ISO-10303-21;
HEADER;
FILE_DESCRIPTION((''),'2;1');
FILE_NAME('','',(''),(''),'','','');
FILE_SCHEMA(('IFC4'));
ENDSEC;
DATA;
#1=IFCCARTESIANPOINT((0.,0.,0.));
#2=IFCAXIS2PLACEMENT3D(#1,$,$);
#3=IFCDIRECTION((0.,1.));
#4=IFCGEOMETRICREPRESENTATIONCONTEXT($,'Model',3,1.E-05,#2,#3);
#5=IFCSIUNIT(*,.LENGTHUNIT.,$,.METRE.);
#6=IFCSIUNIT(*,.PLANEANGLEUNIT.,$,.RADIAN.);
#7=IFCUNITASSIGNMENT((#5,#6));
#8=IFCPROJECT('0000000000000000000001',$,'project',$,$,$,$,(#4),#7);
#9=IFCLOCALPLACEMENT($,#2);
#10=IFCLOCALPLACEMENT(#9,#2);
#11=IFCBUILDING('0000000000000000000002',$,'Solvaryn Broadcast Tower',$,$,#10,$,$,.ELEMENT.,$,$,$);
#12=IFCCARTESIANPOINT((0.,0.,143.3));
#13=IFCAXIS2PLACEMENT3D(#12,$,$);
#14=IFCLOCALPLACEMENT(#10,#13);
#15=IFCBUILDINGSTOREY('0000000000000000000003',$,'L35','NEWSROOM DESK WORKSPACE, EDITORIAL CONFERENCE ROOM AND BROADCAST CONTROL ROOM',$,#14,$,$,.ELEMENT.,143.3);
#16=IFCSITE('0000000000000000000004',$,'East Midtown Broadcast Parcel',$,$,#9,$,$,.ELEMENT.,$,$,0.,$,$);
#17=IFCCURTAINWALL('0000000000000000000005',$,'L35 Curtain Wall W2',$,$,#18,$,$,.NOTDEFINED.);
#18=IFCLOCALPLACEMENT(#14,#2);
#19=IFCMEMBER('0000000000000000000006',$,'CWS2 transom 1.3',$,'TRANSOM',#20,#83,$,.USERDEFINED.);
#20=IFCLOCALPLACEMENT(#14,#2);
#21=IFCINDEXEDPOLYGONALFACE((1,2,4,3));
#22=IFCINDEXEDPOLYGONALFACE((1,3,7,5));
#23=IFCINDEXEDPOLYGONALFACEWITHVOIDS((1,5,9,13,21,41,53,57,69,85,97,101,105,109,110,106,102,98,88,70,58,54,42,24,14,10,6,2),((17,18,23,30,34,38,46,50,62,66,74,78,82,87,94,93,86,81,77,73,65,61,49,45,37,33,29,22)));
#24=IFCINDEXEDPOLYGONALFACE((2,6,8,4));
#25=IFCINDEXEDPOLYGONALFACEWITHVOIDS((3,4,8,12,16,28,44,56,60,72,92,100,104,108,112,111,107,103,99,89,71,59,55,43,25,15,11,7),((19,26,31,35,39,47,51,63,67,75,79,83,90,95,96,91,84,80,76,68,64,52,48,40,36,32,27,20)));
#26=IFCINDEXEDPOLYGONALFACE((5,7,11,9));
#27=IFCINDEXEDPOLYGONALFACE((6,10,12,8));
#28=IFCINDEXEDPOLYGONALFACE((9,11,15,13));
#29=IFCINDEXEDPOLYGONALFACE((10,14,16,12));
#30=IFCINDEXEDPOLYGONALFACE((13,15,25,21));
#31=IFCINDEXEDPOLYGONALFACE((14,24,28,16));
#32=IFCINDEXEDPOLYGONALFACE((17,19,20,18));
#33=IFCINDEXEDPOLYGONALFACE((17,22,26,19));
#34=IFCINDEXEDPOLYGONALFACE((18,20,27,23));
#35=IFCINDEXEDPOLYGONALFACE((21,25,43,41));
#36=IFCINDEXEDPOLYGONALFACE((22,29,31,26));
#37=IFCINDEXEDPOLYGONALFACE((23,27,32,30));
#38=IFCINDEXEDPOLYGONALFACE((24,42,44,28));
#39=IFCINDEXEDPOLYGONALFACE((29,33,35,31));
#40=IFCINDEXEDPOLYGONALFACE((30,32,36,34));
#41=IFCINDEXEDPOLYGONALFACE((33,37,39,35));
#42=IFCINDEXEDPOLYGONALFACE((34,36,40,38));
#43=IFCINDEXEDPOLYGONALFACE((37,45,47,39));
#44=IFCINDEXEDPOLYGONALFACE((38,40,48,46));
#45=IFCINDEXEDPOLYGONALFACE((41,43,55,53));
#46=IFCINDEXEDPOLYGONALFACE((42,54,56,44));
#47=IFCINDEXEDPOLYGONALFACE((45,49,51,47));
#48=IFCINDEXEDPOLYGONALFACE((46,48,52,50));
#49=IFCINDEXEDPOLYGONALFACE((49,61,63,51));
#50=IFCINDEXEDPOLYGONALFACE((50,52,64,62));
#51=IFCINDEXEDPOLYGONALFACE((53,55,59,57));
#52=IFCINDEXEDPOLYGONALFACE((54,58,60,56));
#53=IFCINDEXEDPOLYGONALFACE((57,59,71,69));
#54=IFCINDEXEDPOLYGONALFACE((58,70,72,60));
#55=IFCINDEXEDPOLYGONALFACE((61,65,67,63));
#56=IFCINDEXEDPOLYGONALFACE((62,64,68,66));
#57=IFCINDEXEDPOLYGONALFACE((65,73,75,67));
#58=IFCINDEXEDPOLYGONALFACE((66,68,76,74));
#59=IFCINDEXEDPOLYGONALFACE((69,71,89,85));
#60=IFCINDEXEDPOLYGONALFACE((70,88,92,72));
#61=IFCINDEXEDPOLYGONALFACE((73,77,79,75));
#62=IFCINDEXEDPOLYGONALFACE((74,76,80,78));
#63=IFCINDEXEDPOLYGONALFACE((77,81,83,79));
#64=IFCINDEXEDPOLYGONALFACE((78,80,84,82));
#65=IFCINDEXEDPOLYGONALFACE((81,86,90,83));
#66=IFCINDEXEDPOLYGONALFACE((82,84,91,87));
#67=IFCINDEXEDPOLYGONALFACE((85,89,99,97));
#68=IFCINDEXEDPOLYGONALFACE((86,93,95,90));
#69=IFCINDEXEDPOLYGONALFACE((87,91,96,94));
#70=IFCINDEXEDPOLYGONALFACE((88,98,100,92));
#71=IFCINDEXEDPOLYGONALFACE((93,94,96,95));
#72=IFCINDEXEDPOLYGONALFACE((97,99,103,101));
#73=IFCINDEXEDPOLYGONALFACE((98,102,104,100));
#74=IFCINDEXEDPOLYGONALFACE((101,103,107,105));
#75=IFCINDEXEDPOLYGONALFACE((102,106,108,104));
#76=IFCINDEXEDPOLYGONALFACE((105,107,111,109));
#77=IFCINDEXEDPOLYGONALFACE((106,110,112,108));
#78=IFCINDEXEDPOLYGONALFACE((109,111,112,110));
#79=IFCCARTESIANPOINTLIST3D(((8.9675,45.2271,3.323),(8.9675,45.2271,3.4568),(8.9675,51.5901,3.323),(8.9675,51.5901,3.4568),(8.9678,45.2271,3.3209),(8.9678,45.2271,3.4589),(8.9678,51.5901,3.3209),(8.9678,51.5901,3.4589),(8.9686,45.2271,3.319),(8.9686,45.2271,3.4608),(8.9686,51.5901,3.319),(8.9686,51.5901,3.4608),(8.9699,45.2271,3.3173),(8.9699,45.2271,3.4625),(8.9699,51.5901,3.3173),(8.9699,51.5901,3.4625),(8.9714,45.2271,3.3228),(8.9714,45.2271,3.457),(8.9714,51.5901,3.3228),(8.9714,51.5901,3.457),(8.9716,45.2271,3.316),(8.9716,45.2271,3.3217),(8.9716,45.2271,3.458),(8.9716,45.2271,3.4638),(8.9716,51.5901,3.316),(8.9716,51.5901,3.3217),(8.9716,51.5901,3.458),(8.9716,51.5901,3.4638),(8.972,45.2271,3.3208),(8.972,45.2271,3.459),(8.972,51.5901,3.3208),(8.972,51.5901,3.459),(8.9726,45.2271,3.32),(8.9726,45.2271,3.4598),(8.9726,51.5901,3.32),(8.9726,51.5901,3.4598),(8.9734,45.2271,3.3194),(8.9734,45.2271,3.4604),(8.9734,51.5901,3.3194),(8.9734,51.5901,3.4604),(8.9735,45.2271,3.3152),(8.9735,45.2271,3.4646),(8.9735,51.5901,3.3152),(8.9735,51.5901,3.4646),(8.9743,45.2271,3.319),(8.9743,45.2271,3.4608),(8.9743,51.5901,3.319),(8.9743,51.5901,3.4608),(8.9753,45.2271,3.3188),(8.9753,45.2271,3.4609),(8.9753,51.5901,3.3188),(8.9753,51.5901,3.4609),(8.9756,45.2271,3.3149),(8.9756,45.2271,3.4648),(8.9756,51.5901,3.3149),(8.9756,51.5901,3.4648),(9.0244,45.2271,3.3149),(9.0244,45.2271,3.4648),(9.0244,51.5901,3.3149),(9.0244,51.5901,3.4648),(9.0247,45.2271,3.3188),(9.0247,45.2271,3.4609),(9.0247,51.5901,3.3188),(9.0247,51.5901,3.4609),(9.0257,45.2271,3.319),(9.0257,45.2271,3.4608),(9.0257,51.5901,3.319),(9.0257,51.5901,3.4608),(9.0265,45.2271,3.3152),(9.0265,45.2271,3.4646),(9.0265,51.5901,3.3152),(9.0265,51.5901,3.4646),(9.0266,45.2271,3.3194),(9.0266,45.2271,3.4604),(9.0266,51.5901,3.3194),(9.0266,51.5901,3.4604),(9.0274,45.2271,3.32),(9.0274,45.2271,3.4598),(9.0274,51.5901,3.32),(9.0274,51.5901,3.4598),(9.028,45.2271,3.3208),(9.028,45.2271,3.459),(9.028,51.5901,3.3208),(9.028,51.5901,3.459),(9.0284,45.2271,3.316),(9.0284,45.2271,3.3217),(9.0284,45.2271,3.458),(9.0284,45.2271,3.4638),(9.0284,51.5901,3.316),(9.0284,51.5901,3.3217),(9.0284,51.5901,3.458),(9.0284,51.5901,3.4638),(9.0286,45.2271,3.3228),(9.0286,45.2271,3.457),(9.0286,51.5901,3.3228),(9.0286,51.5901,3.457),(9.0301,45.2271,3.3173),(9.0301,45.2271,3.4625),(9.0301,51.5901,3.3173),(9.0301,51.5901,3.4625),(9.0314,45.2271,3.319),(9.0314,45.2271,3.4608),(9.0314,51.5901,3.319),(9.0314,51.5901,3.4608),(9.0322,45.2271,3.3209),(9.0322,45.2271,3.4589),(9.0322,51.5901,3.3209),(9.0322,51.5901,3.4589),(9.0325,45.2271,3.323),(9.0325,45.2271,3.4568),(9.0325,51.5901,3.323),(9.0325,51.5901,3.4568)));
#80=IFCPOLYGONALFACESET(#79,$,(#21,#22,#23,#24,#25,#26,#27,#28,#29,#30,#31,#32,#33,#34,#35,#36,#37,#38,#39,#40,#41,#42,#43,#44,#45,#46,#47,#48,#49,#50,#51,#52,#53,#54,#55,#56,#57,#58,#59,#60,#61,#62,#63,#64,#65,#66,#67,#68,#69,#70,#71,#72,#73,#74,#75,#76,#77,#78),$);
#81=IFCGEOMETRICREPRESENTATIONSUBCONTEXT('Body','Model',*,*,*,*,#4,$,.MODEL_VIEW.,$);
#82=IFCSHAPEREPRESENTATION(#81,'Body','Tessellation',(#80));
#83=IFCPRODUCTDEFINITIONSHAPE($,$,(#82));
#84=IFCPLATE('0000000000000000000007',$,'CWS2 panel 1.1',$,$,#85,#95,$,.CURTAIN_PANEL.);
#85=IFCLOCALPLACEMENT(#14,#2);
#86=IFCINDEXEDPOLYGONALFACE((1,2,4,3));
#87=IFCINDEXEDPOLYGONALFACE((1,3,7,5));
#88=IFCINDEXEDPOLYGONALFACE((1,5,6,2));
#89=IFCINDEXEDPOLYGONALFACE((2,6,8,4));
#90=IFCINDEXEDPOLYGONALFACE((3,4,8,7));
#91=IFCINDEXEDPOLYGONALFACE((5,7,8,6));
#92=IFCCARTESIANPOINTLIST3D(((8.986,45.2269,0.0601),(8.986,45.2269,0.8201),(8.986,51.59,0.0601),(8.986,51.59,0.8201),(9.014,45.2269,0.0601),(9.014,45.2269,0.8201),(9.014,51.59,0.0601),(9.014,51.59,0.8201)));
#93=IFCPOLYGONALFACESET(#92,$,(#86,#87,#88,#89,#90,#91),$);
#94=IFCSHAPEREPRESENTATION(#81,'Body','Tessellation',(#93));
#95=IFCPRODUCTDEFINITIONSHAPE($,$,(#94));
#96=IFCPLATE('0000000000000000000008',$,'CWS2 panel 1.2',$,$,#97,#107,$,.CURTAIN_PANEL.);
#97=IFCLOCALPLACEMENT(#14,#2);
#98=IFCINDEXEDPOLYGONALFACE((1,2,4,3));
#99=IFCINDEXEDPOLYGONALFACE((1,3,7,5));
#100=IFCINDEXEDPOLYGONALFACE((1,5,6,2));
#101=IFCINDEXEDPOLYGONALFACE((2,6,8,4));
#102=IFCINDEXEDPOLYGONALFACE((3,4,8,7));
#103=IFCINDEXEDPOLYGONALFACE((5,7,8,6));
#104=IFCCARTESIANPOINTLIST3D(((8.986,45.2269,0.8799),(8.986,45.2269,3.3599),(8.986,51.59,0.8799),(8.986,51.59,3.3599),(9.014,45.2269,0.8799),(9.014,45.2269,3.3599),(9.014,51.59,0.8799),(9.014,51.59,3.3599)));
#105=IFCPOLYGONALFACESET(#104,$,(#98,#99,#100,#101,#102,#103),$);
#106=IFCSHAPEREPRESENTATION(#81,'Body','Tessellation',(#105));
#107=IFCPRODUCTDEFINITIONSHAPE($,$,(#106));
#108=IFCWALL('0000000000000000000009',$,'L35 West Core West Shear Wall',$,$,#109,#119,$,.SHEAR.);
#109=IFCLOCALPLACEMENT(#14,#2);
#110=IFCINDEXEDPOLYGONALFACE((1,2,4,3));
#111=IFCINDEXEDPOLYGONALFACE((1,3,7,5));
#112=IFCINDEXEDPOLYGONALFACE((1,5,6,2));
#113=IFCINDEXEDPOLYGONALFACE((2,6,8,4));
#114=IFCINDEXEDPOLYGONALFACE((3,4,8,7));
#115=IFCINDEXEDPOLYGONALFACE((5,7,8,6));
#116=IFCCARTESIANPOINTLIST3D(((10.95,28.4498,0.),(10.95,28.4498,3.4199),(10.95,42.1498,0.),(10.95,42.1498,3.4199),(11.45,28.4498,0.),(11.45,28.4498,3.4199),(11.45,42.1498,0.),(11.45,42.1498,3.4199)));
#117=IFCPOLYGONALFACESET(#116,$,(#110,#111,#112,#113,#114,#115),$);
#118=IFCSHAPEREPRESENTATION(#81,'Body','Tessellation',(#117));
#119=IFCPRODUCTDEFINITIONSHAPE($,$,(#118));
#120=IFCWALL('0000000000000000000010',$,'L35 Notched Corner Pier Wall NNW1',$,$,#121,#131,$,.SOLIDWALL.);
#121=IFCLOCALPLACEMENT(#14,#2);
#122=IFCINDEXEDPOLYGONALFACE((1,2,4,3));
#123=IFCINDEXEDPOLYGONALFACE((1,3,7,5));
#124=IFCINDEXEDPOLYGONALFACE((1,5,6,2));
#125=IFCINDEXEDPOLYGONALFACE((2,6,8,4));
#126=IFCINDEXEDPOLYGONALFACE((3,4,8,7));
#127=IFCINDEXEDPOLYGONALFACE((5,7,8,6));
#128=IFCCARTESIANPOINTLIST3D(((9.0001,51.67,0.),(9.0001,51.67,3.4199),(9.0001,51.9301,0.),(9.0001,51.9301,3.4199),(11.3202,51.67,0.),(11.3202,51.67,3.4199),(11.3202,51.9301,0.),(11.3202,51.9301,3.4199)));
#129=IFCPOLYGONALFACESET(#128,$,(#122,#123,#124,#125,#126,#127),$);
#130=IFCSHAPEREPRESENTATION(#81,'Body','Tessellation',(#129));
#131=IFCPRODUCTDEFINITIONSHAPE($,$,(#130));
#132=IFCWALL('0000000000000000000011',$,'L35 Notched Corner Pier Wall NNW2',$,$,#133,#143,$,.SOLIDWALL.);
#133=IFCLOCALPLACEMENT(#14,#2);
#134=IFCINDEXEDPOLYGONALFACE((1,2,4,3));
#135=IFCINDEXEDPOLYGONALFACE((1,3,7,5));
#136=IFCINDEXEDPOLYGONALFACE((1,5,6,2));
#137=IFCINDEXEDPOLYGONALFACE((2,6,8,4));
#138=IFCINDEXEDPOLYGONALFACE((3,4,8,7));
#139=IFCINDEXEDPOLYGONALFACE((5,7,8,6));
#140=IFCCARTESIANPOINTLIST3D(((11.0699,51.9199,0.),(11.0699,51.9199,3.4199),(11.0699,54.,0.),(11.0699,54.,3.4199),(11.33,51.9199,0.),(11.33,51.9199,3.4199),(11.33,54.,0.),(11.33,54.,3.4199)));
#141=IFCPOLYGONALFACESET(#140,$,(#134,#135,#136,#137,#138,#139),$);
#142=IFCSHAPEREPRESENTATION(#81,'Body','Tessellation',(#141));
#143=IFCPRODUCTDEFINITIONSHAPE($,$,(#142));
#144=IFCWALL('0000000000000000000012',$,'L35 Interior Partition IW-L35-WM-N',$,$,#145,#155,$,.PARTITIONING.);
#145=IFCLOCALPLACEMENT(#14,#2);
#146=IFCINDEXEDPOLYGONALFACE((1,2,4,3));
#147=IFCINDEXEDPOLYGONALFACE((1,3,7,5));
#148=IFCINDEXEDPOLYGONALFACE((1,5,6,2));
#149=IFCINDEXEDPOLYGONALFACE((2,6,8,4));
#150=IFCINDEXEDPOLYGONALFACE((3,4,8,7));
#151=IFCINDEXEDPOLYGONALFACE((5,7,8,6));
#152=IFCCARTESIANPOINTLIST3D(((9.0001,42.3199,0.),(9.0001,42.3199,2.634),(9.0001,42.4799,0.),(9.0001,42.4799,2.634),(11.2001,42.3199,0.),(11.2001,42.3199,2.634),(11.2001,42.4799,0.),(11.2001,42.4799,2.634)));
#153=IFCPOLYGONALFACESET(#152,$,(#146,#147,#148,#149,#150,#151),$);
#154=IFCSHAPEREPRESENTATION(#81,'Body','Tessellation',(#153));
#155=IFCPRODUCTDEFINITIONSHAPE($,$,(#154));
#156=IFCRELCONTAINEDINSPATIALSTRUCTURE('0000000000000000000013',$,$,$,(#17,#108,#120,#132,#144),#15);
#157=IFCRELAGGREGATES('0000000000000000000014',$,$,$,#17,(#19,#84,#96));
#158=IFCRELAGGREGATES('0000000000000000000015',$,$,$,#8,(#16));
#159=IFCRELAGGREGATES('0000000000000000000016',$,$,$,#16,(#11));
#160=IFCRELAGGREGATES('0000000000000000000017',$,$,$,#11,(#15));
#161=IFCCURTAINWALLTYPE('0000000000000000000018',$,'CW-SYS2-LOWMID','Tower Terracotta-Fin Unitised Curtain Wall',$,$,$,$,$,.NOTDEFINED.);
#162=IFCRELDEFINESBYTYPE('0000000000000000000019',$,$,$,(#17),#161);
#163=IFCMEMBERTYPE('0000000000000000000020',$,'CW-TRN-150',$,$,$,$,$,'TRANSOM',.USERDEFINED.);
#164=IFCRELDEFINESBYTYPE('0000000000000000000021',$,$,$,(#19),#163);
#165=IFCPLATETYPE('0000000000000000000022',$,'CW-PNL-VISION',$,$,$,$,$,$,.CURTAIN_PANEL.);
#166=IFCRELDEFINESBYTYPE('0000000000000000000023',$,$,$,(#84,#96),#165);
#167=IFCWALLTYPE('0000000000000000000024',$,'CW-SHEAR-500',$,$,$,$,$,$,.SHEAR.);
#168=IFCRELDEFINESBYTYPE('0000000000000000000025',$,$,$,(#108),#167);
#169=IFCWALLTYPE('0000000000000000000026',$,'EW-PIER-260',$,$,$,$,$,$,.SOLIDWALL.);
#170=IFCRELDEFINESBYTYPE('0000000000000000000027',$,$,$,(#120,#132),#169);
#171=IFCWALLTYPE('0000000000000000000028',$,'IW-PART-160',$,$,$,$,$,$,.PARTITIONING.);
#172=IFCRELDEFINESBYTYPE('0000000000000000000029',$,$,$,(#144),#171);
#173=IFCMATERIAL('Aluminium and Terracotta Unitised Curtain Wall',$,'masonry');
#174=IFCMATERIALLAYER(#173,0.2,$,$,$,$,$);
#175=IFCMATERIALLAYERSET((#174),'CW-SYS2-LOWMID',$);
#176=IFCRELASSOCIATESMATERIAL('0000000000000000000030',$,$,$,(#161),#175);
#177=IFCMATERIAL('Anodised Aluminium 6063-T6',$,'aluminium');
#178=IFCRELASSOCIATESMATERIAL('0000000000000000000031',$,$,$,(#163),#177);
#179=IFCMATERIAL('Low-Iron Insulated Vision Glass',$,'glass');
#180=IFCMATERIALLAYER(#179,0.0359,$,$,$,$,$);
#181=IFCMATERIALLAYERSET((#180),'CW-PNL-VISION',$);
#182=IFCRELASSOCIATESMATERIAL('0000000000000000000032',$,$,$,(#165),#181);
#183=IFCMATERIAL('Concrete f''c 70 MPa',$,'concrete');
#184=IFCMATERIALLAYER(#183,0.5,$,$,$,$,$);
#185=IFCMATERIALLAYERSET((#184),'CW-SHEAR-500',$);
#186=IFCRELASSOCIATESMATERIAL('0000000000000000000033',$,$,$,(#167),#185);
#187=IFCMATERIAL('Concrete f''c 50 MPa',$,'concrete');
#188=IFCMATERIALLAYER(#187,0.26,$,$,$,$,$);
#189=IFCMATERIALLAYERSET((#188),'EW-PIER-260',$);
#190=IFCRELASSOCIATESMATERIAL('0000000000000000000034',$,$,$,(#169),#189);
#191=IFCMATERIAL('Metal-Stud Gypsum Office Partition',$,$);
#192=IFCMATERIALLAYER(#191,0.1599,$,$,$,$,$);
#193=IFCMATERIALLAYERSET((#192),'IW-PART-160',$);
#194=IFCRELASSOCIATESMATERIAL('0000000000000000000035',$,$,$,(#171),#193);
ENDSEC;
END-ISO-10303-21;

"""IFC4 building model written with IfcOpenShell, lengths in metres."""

from ifc_helpers import new_model, si_unit, direction, frame, frame_2d, origin, origin_2d, place, context, subcontext, project, spatial, rectangle, hollow_rectangle, extrude, material, layer, layer_set, material_profile, profile_set, type_object, element, aggregate, save


model = new_model("IFC4")

# Units and contexts
model_context = context("Model", 3, precision=1e-05, world=origin(), true_north=direction((0.0, 1.0)))
body_context = subcontext(model_context, "Body", "Model", "MODEL_VIEW")
ifc_project = project(units=[si_unit("LENGTHUNIT", "METRE"), si_unit("PLANEANGLEUNIT", "RADIAN")], contexts=[model_context])

# Site, building, storey
site_placement = place(None, origin())
site = spatial("IfcSite", under=ifc_project, at=site_placement, Name="East Midtown Broadcast Parcel", CompositionType="ELEMENT", RefElevation=0.0)
building_placement = place(site_placement, origin())
building = spatial("IfcBuilding", under=site, at=building_placement, Name="Solvaryn Broadcast Tower", CompositionType="ELEMENT")
storey_placement = place(building_placement, frame((0.0, 0.0, 143.3)))
storey = spatial("IfcBuildingStorey", under=building, at=storey_placement, Name="L35", Description="NEWSROOM DESK WORKSPACE, EDITORIAL CONFERENCE ROOM AND BROADCAST CONTROL ROOM", CompositionType="ELEMENT", Elevation=143.3)

# Shared definitions
ifc_material_1 = material(Name="Aluminium and Terracotta Unitised Curtain Wall", Category="masonry")
ifc_layer_1 = layer(ifc_material_1, 0.2)
ifc_layer_set_1 = layer_set([ifc_layer_1], Name="CW-SYS2-LOWMID")
curtain_wall_type = type_object("IfcCurtainWallType", Name="CW-SYS2-LOWMID", Description="Tower Terracotta-Fin Unitised Curtain Wall", PredefinedType="NOTDEFINED", material=ifc_layer_set_1)

# Curtain wall
curtain_wall_1_placement = place(storey_placement, origin())
curtain_wall_1 = element("IfcCurtainWall", 1, at=curtain_wall_1_placement, inside=storey, type_object=curtain_wall_type, Name="L35 Curtain Wall W2", PredefinedType="NOTDEFINED")

# Member
ifc_material_2 = material(Name="Anodised Aluminium 6063-T6", Category="aluminium")
ifc_material_profile_1 = material_profile(ifc_material_2, hollow_rectangle(XDim=0.0649, YDim=0.1499, WallThickness=0.0039, InnerFilletRadius=0.0039, OuterFilletRadius=0.0081, at=origin_2d()))
ifc_profile_set_1 = profile_set([ifc_material_profile_1], Name="Anodised Aluminium 6063-T6")
member_type_1 = type_object("IfcMemberType", Name="CW-TRN-150", ElementType="TRANSOM", PredefinedType="USERDEFINED", material=ifc_profile_set_1)
member_1_placement = place(storey_placement, frame((9.0, 45.2271, 3.3899), z_axis=(0.0, 1.0, 0.0), x_axis=(-1.0, 0.0, 0.0)))
member_1 = element("IfcMember", 2, at=member_1_placement, type_object=member_type_1, Name="CWS2 transom 1.3", ObjectType="TRANSOM", PredefinedType="USERDEFINED", context=body_context, shape_type="SweptSolid", body=[
    extrude(hollow_rectangle(XDim=0.0649, YDim=0.1499, WallThickness=0.0039, InnerFilletRadius=0.0039, OuterFilletRadius=0.0081, at=origin_2d()), origin(), (0.0, 0.0, 1.0), 6.363),
])

# Plates
ifc_material_3 = material(Name="Low-Iron Insulated Vision Glass", Category="glass")
ifc_layer_2 = layer(ifc_material_3, 0.0359)
ifc_layer_set_2 = layer_set([ifc_layer_2], Name="CW-PNL-VISION")
plate_type = type_object("IfcPlateType", Name="CW-PNL-VISION", PredefinedType="CURTAIN_PANEL", material=ifc_layer_set_2)
plate_1_placement = place(storey_placement, frame((9.0, 48.4084, 0.0601), z_axis=(0.0, 0.0, 1.0), x_axis=(0.0, 1.0, 0.0)))
plate_1 = element("IfcPlate", 3, at=plate_1_placement, type_object=plate_type, Name="CWS2 panel 1.1", PredefinedType="CURTAIN_PANEL", context=body_context, shape_type="SweptSolid", body=[
    extrude(rectangle(XDim=6.363, YDim=0.0281, at=origin_2d()), origin(), (0.0, 0.0, 1.0), 0.76),
])
plate_2_placement = place(storey_placement, frame((9.0, 48.4084, 0.8799), z_axis=(0.0, 0.0, 1.0), x_axis=(0.0, 1.0, 0.0)))
plate_2 = element("IfcPlate", 4, at=plate_2_placement, type_object=plate_type, Name="CWS2 panel 1.2", PredefinedType="CURTAIN_PANEL", context=body_context, shape_type="SweptSolid", body=[
    extrude(rectangle(XDim=6.363, YDim=0.0281, at=origin_2d()), origin(), (0.0, 0.0, 1.0), 2.48),
])
aggregate(curtain_wall_1, [member_1, plate_1, plate_2])

# Walls
ifc_material_4 = material(Name="Concrete f'c 70 MPa", Category="concrete")
ifc_layer_3 = layer(ifc_material_4, 0.5)
ifc_layer_set_3 = layer_set([ifc_layer_3], Name="CW-SHEAR-500")
wall_type_1 = type_object("IfcWallType", Name="CW-SHEAR-500", PredefinedType="SHEAR", material=ifc_layer_set_3)
wall_1_placement = place(storey_placement, frame((11.2, 42.1499, 0.0), z_axis=(0.0, 0.0, 1.0), x_axis=(0.0, -1.0, 0.0)))
element("IfcWall", 5, at=wall_1_placement, inside=storey, type_object=wall_type_1, Name="L35 West Core West Shear Wall", PredefinedType="SHEAR", context=body_context, shape_type="SweptSolid", body=[
    extrude(rectangle(XDim=13.7, YDim=0.5, at=frame_2d((6.8501, 0.0))), origin(), (0.0, 0.0, 1.0), 3.4199),
])
ifc_material_5 = material(Name="Concrete f'c 50 MPa", Category="concrete")
ifc_layer_4 = layer(ifc_material_5, 0.26)
ifc_layer_set_4 = layer_set([ifc_layer_4], Name="EW-PIER-260")
wall_type_2 = type_object("IfcWallType", Name="EW-PIER-260", PredefinedType="SOLIDWALL", material=ifc_layer_set_4)
wall_2_placement = place(storey_placement, frame((9.0, 51.8, 0.0), z_axis=(0.0, 0.0, 1.0), x_axis=(1.0, 0.0, 0.0)))
element("IfcWall", 6, at=wall_2_placement, inside=storey, type_object=wall_type_2, Name="L35 Notched Corner Pier Wall NNW1", PredefinedType="SOLIDWALL", context=body_context, shape_type="SweptSolid", body=[
    extrude(rectangle(XDim=2.3201, YDim=0.26, at=frame_2d((1.1602, 0.0))), origin(), (0.0, 0.0, 1.0), 3.4199),
])
wall_3_placement = place(storey_placement, frame((11.2, 51.9199, 0.0), z_axis=(0.0, 0.0, 1.0), x_axis=(0.0, 1.0, 0.0)))
element("IfcWall", 7, at=wall_3_placement, inside=storey, type_object=wall_type_2, Name="L35 Notched Corner Pier Wall NNW2", PredefinedType="SOLIDWALL", context=body_context, shape_type="SweptSolid", body=[
    extrude(rectangle(XDim=2.0801, YDim=0.26, at=frame_2d((1.04, 0.0))), origin(), (0.0, 0.0, 1.0), 3.4199),
])
ifc_material_6 = material(Name="Metal-Stud Gypsum Office Partition")
ifc_layer_5 = layer(ifc_material_6, 0.1599)
ifc_layer_set_5 = layer_set([ifc_layer_5], Name="IW-PART-160")
wall_type_3 = type_object("IfcWallType", Name="IW-PART-160", PredefinedType="PARTITIONING", material=ifc_layer_set_5)
wall_4_placement = place(storey_placement, frame((9.0, 42.3999, 0.0), z_axis=(0.0, 0.0, 1.0), x_axis=(1.0, 0.0, 0.0)))
element("IfcWall", 8, at=wall_4_placement, inside=storey, type_object=wall_type_3, Name="L35 Interior Partition IW-L35-WM-N", PredefinedType="PARTITIONING", context=body_context, shape_type="SweptSolid", body=[
    extrude(rectangle(XDim=2.2, YDim=0.1599, at=frame_2d((1.1001, 0.0))), origin(), (0.0, 0.0, 1.0), 2.634),
])

save(model, "model.ifc")
